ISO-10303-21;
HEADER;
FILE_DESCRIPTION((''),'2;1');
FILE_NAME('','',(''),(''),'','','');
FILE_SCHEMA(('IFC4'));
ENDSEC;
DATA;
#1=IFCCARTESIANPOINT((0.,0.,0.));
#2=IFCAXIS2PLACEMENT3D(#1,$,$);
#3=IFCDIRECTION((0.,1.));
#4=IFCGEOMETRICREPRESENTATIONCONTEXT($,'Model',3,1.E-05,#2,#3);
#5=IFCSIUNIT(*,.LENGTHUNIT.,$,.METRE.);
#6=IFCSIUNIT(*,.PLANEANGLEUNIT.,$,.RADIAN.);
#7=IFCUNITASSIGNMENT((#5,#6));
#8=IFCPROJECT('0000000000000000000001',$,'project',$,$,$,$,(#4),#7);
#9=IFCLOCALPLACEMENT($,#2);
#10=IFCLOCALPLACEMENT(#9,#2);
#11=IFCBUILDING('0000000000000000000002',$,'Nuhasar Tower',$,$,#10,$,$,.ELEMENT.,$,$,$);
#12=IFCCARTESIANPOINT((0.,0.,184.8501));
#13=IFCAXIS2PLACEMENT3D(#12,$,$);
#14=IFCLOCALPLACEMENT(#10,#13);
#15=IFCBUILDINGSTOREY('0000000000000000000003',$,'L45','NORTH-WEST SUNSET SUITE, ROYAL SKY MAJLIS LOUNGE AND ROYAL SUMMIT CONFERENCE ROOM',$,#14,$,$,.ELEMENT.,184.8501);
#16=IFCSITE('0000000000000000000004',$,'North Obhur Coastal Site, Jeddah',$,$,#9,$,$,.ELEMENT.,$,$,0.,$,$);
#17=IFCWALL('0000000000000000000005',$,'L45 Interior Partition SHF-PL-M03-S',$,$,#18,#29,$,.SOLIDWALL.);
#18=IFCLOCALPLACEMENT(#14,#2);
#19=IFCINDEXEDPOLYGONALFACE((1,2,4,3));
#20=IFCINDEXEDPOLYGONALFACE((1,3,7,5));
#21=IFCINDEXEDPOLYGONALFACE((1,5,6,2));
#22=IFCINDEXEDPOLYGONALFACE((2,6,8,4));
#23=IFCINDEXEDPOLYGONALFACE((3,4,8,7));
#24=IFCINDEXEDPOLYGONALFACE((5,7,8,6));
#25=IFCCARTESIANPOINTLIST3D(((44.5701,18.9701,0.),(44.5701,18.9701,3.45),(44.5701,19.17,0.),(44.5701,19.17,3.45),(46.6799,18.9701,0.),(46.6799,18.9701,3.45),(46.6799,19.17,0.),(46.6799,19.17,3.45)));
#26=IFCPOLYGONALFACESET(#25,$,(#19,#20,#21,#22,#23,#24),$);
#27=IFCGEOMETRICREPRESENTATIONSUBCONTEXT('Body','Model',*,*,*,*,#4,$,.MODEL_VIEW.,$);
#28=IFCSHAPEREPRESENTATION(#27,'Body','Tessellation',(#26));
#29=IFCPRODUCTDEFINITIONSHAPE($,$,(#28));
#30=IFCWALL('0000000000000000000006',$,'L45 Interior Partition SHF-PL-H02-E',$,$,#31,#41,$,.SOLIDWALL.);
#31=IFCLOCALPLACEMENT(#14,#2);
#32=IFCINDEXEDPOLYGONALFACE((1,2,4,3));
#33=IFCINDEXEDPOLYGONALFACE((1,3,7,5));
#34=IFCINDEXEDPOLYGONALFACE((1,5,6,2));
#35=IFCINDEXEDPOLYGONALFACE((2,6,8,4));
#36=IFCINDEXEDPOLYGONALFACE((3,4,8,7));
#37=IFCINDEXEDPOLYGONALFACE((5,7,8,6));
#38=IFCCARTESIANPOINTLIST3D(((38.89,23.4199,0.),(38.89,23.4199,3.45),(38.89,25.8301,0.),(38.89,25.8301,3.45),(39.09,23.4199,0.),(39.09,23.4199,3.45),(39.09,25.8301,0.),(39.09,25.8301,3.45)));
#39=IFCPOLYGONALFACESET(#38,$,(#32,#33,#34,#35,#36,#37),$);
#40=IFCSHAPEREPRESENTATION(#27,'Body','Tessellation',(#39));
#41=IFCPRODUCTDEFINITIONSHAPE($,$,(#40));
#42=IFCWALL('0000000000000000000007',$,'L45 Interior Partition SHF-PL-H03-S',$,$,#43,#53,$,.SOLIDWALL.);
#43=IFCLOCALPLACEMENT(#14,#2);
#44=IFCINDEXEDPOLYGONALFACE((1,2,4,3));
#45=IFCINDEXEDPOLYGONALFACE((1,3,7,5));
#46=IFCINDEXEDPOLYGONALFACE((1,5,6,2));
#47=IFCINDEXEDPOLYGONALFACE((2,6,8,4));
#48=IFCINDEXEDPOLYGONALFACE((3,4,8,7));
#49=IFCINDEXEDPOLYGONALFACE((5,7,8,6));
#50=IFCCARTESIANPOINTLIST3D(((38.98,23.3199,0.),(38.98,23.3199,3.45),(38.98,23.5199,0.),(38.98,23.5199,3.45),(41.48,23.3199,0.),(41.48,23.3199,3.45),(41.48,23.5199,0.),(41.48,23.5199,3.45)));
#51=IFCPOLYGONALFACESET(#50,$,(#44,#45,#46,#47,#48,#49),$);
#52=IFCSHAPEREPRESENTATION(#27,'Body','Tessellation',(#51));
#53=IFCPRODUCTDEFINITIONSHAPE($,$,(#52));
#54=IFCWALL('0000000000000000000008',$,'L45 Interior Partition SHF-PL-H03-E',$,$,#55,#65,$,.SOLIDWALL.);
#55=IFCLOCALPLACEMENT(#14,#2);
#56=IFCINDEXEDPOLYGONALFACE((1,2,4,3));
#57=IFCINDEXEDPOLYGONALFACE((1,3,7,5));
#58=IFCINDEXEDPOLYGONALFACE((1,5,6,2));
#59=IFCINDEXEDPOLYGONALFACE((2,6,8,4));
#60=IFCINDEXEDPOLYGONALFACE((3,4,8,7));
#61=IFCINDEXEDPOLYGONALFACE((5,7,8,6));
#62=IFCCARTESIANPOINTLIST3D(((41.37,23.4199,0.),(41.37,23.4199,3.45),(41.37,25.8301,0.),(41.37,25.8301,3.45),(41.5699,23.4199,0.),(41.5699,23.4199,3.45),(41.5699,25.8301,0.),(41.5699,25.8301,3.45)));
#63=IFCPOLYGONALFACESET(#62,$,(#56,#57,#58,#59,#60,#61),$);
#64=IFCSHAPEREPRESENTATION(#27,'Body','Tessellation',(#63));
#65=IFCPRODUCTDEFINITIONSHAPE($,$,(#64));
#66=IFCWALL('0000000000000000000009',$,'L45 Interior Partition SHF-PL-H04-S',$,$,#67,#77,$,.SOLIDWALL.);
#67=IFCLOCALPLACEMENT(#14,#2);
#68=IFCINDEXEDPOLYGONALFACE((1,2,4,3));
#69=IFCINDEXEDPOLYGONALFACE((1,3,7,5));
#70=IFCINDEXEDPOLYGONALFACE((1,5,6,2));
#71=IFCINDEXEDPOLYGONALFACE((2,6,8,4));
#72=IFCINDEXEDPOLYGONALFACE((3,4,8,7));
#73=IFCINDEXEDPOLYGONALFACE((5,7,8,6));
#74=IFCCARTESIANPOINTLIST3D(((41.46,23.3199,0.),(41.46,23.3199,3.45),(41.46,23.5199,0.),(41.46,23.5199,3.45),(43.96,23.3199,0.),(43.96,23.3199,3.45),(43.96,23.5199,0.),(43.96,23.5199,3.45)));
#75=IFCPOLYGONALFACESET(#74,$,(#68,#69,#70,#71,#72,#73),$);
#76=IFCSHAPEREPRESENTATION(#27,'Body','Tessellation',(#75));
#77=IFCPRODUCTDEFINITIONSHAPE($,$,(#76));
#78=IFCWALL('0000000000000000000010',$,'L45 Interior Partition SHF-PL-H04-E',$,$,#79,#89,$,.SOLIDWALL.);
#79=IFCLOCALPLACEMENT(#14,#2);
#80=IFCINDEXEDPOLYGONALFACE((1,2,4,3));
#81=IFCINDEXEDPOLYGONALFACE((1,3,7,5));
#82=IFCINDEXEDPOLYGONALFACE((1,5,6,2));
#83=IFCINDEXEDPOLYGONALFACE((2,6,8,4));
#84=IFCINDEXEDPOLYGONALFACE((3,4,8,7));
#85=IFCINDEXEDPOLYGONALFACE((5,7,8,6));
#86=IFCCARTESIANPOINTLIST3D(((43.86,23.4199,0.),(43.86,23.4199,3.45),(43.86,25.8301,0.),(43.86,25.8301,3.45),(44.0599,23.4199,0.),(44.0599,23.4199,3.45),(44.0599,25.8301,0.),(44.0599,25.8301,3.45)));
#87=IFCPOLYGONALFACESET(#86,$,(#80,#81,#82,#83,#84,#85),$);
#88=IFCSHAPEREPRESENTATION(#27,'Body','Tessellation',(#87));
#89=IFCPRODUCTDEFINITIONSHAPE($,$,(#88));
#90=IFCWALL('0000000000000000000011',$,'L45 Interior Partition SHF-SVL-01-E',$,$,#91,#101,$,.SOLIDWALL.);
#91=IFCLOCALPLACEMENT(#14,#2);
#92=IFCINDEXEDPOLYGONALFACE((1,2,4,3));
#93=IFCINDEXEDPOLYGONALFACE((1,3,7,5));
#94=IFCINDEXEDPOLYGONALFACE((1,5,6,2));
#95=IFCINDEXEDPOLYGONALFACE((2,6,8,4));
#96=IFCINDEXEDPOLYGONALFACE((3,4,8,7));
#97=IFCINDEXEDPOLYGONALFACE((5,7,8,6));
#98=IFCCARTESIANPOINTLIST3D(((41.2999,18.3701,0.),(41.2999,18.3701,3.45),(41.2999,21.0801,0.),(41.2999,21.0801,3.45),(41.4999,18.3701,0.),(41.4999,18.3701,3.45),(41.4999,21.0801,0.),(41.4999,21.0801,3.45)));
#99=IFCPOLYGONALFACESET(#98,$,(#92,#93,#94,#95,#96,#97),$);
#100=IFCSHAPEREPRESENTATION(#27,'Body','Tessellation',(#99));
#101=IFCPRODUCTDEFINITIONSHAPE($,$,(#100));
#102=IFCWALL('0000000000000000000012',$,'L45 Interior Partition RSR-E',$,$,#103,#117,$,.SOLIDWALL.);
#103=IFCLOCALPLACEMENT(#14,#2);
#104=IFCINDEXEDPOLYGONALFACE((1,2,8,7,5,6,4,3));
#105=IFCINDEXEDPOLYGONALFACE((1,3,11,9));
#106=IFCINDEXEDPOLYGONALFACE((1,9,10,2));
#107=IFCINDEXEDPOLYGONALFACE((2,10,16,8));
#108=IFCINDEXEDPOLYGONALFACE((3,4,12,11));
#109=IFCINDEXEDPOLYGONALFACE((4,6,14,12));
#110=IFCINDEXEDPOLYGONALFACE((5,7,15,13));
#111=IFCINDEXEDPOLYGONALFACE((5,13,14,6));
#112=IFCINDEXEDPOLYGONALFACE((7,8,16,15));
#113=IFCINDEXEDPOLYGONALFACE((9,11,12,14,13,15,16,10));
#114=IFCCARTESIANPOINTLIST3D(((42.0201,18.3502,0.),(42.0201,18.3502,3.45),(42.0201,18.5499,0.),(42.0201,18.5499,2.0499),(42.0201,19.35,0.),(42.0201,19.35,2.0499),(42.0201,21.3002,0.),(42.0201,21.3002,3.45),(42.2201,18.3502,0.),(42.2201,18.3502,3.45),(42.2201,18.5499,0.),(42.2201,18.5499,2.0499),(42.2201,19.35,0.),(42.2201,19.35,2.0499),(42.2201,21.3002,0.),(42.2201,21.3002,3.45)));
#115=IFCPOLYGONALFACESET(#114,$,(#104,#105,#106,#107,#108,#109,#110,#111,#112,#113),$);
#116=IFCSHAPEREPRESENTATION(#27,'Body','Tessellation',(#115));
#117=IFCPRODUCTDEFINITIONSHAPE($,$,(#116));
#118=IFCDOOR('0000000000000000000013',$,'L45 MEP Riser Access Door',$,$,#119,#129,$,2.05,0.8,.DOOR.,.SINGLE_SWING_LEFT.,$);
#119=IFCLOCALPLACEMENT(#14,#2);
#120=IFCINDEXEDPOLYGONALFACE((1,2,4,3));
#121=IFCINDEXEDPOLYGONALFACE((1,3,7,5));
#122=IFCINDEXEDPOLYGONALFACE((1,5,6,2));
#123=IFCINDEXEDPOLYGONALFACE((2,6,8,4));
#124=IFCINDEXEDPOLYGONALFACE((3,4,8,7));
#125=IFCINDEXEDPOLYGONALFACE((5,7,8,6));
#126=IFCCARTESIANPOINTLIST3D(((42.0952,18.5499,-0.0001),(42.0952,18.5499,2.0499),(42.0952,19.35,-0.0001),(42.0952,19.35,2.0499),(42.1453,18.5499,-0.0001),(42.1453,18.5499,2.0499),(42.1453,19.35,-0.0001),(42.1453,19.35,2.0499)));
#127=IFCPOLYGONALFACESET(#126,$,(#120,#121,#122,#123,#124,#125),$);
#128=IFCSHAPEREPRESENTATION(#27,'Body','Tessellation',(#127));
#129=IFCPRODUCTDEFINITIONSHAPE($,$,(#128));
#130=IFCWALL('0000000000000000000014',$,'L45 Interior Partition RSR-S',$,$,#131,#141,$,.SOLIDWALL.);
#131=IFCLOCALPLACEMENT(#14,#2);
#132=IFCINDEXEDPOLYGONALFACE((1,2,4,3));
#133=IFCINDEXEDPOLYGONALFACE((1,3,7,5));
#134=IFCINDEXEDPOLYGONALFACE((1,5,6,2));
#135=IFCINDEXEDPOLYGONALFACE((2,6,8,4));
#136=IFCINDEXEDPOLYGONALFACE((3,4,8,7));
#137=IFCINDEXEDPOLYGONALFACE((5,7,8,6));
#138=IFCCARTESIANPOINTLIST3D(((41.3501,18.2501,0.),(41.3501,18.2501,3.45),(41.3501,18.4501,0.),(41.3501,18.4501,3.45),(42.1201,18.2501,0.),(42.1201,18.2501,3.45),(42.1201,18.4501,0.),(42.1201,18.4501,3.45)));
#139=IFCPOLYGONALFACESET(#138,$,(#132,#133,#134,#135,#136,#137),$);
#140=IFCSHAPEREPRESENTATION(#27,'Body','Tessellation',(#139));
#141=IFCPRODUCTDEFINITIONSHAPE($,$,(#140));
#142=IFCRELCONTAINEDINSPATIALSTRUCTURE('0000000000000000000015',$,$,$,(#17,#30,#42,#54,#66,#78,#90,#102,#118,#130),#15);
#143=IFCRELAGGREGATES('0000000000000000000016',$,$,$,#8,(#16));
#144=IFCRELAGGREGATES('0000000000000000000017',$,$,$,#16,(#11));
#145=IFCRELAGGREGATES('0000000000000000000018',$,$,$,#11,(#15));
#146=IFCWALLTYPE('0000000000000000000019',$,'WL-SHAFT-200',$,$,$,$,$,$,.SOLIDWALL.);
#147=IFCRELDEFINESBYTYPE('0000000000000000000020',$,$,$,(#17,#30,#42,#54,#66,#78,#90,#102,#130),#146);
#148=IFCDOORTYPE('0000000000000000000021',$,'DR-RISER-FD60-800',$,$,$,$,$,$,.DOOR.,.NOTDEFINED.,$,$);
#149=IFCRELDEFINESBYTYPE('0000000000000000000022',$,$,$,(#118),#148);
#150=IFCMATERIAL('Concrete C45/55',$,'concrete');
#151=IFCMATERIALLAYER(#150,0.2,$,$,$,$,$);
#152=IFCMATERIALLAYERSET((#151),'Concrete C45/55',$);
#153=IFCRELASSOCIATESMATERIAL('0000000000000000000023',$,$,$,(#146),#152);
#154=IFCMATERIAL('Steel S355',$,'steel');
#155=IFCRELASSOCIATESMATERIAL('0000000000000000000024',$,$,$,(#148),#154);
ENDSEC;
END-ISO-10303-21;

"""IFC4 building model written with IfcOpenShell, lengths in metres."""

from ifc_helpers import new_model, si_unit, direction, frame, frame_2d, origin, place, context, subcontext, project, spatial, rectangle, extrude, material, layer, layer_set, type_object, element, fill, save


model = new_model("IFC4")

# Units and contexts
model_context = context("Model", 3, precision=1e-05, world=origin(), true_north=direction((0.0, 1.0)))
body_context = subcontext(model_context, "Body", "Model", "MODEL_VIEW")
ifc_project = project(units=[si_unit("LENGTHUNIT", "METRE"), si_unit("PLANEANGLEUNIT", "RADIAN")], contexts=[model_context])

# Site, building, storey
site_placement = place(None, origin())
site = spatial("IfcSite", under=ifc_project, at=site_placement, Name="North Obhur Coastal Site, Jeddah", CompositionType="ELEMENT", RefElevation=0.0)
building_placement = place(site_placement, origin())
building = spatial("IfcBuilding", under=site, at=building_placement, Name="Nuhasar Tower", CompositionType="ELEMENT")
storey_placement = place(building_placement, frame((0.0, 0.0, 184.8501)))
storey = spatial("IfcBuildingStorey", under=building, at=storey_placement, Name="L45", Description="NORTH-WEST SUNSET SUITE, ROYAL SKY MAJLIS LOUNGE AND ROYAL SUMMIT CONFERENCE ROOM", CompositionType="ELEMENT", Elevation=184.8501)

# Shared definitions
ifc_material_1 = material(Name="Steel S355", Category="steel")

# Shared definitions
ifc_material_2 = material(Name="Concrete C45/55", Category="concrete")

# Shared definitions
ifc_layer_1 = layer(ifc_material_2, 0.2)
ifc_layer_set_1 = layer_set([ifc_layer_1], Name="Concrete C45/55")
wall_type_1 = type_object("IfcWallType", Name="WL-SHAFT-200", PredefinedType="SOLIDWALL", material=ifc_layer_set_1)

# Wall
wall_1_placement = place(storey_placement, frame((44.5701, 19.0701, 0.0), z_axis=(0.0, 0.0, 1.0), x_axis=(1.0, 0.0, 0.0)))
element("IfcWall", 1, at=wall_1_placement, inside=storey, type_object=wall_type_1, Name="L45 Interior Partition SHF-PL-M03-S", PredefinedType="SOLIDWALL", context=body_context, shape_type="SweptSolid", body=[
    extrude(rectangle(XDim=2.1099, YDim=0.2, at=frame_2d((1.0549, 0.0))), origin(), (0.0, 0.0, 1.0), 3.45),
])

# Walls
wall_2_placement = place(storey_placement, frame((38.99, 23.4199, 0.0), z_axis=(0.0, 0.0, 1.0), x_axis=(0.0, 1.0, 0.0)))
element("IfcWall", 2, at=wall_2_placement, inside=storey, type_object=wall_type_1, Name="L45 Interior Partition SHF-PL-H02-E", PredefinedType="SOLIDWALL", context=body_context, shape_type="SweptSolid", body=[
    extrude(rectangle(XDim=2.4102, YDim=0.2, at=frame_2d((1.2051, 0.0))), origin(), (0.0, 0.0, 1.0), 3.45),
])
wall_3_placement = place(storey_placement, frame((38.98, 23.4199, 0.0), z_axis=(0.0, 0.0, 1.0), x_axis=(1.0, 0.0, 0.0)))
element("IfcWall", 3, at=wall_3_placement, inside=storey, type_object=wall_type_1, Name="L45 Interior Partition SHF-PL-H03-S", PredefinedType="SOLIDWALL", context=body_context, shape_type="SweptSolid", body=[
    extrude(rectangle(XDim=2.5, YDim=0.2, at=frame_2d((1.25, 0.0))), origin(), (0.0, 0.0, 1.0), 3.45),
])
wall_4_placement = place(storey_placement, frame((41.47, 23.4199, 0.0), z_axis=(0.0, 0.0, 1.0), x_axis=(0.0, 1.0, 0.0)))
element("IfcWall", 4, at=wall_4_placement, inside=storey, type_object=wall_type_1, Name="L45 Interior Partition SHF-PL-H03-E", PredefinedType="SOLIDWALL", context=body_context, shape_type="SweptSolid", body=[
    extrude(rectangle(XDim=2.4102, YDim=0.2, at=frame_2d((1.2051, 0.0))), origin(), (0.0, 0.0, 1.0), 3.45),
])
wall_5_placement = place(storey_placement, frame((41.46, 23.4199, 0.0), z_axis=(0.0, 0.0, 1.0), x_axis=(1.0, 0.0, 0.0)))
element("IfcWall", 5, at=wall_5_placement, inside=storey, type_object=wall_type_1, Name="L45 Interior Partition SHF-PL-H04-S", PredefinedType="SOLIDWALL", context=body_context, shape_type="SweptSolid", body=[
    extrude(rectangle(XDim=2.5, YDim=0.2, at=frame_2d((1.25, 0.0))), origin(), (0.0, 0.0, 1.0), 3.45),
])
wall_6_placement = place(storey_placement, frame((43.96, 23.4199, 0.0), z_axis=(0.0, 0.0, 1.0), x_axis=(0.0, 1.0, 0.0)))
element("IfcWall", 6, at=wall_6_placement, inside=storey, type_object=wall_type_1, Name="L45 Interior Partition SHF-PL-H04-E", PredefinedType="SOLIDWALL", context=body_context, shape_type="SweptSolid", body=[
    extrude(rectangle(XDim=2.4102, YDim=0.2, at=frame_2d((1.2051, 0.0))), origin(), (0.0, 0.0, 1.0), 3.45),
])
wall_7_placement = place(storey_placement, frame((41.3999, 18.3701, 0.0), z_axis=(0.0, 0.0, 1.0), x_axis=(0.0, 1.0, 0.0)))
element("IfcWall", 7, at=wall_7_placement, inside=storey, type_object=wall_type_1, Name="L45 Interior Partition SHF-SVL-01-E", PredefinedType="SOLIDWALL", context=body_context, shape_type="SweptSolid", body=[
    extrude(rectangle(XDim=2.71, YDim=0.2, at=frame_2d((1.355, 0.0))), origin(), (0.0, 0.0, 1.0), 3.45),
])

# Wall, opening, door
wall_8_placement = place(storey_placement, frame((42.1201, 18.3501, 0.0), z_axis=(0.0, 0.0, 1.0), x_axis=(0.0, 1.0, 0.0)))
wall_8 = element("IfcWall", 8, at=wall_8_placement, inside=storey, type_object=wall_type_1, Name="L45 Interior Partition RSR-E", PredefinedType="SOLIDWALL", context=body_context, shape_type="SweptSolid", body=[
    extrude(rectangle(XDim=2.95, YDim=0.2, at=frame_2d((1.4751, 0.0))), origin(), (0.0, 0.0, 1.0), 3.45),
])
opening_1_placement = place(wall_8_placement, frame((0.2, 0.0, 0.0)))
opening_1 = element("IfcOpeningElement", 9, at=opening_1_placement, cuts=wall_8, PredefinedType="OPENING", context=body_context, shape_type="SweptSolid", body=[
    extrude(rectangle(XDim=0.8, YDim=2.05, at=frame_2d((0.3999, 1.0249))), frame((0.0, 0.1099, 0.0), z_axis=(0.0, -1.0, 0.0), x_axis=(1.0, 0.0, 0.0)), (0.0, 0.0, 1.0), 0.22),
])
door_type_1 = type_object("IfcDoorType", Name="DR-RISER-FD60-800", OperationType="NOTDEFINED", PredefinedType="DOOR", material=ifc_material_1)
door_1_placement = place(opening_1_placement, origin())
door_1 = element("IfcDoor", 10, at=door_1_placement, inside=storey, type_object=door_type_1, Name="L45 MEP Riser Access Door", OperationType="SINGLE_SWING_LEFT", OverallHeight=2.05, OverallWidth=0.8, PredefinedType="DOOR", context=body_context, shape_type="SweptSolid", body=[
    extrude(rectangle(XDim=0.8, YDim=2.05, at=frame_2d((0.3999, 1.0249))), frame((0.0, 0.0249, 0.0), z_axis=(0.0, -1.0, 0.0), x_axis=(1.0, 0.0, 0.0)), (0.0, 0.0, 1.0), 0.05),
])
fill(opening_1, door_1)

# Wall
wall_9_placement = place(storey_placement, frame((41.3501, 18.3501, 0.0), z_axis=(0.0, 0.0, 1.0), x_axis=(1.0, 0.0, 0.0)))
element("IfcWall", 11, at=wall_9_placement, inside=storey, type_object=wall_type_1, Name="L45 Interior Partition RSR-S", PredefinedType="SOLIDWALL", context=body_context, shape_type="SweptSolid", body=[
    extrude(rectangle(XDim=0.77, YDim=0.2, at=frame_2d((0.385, 0.0))), origin(), (0.0, 0.0, 1.0), 3.45),
])

save(model, "model.ifc")
